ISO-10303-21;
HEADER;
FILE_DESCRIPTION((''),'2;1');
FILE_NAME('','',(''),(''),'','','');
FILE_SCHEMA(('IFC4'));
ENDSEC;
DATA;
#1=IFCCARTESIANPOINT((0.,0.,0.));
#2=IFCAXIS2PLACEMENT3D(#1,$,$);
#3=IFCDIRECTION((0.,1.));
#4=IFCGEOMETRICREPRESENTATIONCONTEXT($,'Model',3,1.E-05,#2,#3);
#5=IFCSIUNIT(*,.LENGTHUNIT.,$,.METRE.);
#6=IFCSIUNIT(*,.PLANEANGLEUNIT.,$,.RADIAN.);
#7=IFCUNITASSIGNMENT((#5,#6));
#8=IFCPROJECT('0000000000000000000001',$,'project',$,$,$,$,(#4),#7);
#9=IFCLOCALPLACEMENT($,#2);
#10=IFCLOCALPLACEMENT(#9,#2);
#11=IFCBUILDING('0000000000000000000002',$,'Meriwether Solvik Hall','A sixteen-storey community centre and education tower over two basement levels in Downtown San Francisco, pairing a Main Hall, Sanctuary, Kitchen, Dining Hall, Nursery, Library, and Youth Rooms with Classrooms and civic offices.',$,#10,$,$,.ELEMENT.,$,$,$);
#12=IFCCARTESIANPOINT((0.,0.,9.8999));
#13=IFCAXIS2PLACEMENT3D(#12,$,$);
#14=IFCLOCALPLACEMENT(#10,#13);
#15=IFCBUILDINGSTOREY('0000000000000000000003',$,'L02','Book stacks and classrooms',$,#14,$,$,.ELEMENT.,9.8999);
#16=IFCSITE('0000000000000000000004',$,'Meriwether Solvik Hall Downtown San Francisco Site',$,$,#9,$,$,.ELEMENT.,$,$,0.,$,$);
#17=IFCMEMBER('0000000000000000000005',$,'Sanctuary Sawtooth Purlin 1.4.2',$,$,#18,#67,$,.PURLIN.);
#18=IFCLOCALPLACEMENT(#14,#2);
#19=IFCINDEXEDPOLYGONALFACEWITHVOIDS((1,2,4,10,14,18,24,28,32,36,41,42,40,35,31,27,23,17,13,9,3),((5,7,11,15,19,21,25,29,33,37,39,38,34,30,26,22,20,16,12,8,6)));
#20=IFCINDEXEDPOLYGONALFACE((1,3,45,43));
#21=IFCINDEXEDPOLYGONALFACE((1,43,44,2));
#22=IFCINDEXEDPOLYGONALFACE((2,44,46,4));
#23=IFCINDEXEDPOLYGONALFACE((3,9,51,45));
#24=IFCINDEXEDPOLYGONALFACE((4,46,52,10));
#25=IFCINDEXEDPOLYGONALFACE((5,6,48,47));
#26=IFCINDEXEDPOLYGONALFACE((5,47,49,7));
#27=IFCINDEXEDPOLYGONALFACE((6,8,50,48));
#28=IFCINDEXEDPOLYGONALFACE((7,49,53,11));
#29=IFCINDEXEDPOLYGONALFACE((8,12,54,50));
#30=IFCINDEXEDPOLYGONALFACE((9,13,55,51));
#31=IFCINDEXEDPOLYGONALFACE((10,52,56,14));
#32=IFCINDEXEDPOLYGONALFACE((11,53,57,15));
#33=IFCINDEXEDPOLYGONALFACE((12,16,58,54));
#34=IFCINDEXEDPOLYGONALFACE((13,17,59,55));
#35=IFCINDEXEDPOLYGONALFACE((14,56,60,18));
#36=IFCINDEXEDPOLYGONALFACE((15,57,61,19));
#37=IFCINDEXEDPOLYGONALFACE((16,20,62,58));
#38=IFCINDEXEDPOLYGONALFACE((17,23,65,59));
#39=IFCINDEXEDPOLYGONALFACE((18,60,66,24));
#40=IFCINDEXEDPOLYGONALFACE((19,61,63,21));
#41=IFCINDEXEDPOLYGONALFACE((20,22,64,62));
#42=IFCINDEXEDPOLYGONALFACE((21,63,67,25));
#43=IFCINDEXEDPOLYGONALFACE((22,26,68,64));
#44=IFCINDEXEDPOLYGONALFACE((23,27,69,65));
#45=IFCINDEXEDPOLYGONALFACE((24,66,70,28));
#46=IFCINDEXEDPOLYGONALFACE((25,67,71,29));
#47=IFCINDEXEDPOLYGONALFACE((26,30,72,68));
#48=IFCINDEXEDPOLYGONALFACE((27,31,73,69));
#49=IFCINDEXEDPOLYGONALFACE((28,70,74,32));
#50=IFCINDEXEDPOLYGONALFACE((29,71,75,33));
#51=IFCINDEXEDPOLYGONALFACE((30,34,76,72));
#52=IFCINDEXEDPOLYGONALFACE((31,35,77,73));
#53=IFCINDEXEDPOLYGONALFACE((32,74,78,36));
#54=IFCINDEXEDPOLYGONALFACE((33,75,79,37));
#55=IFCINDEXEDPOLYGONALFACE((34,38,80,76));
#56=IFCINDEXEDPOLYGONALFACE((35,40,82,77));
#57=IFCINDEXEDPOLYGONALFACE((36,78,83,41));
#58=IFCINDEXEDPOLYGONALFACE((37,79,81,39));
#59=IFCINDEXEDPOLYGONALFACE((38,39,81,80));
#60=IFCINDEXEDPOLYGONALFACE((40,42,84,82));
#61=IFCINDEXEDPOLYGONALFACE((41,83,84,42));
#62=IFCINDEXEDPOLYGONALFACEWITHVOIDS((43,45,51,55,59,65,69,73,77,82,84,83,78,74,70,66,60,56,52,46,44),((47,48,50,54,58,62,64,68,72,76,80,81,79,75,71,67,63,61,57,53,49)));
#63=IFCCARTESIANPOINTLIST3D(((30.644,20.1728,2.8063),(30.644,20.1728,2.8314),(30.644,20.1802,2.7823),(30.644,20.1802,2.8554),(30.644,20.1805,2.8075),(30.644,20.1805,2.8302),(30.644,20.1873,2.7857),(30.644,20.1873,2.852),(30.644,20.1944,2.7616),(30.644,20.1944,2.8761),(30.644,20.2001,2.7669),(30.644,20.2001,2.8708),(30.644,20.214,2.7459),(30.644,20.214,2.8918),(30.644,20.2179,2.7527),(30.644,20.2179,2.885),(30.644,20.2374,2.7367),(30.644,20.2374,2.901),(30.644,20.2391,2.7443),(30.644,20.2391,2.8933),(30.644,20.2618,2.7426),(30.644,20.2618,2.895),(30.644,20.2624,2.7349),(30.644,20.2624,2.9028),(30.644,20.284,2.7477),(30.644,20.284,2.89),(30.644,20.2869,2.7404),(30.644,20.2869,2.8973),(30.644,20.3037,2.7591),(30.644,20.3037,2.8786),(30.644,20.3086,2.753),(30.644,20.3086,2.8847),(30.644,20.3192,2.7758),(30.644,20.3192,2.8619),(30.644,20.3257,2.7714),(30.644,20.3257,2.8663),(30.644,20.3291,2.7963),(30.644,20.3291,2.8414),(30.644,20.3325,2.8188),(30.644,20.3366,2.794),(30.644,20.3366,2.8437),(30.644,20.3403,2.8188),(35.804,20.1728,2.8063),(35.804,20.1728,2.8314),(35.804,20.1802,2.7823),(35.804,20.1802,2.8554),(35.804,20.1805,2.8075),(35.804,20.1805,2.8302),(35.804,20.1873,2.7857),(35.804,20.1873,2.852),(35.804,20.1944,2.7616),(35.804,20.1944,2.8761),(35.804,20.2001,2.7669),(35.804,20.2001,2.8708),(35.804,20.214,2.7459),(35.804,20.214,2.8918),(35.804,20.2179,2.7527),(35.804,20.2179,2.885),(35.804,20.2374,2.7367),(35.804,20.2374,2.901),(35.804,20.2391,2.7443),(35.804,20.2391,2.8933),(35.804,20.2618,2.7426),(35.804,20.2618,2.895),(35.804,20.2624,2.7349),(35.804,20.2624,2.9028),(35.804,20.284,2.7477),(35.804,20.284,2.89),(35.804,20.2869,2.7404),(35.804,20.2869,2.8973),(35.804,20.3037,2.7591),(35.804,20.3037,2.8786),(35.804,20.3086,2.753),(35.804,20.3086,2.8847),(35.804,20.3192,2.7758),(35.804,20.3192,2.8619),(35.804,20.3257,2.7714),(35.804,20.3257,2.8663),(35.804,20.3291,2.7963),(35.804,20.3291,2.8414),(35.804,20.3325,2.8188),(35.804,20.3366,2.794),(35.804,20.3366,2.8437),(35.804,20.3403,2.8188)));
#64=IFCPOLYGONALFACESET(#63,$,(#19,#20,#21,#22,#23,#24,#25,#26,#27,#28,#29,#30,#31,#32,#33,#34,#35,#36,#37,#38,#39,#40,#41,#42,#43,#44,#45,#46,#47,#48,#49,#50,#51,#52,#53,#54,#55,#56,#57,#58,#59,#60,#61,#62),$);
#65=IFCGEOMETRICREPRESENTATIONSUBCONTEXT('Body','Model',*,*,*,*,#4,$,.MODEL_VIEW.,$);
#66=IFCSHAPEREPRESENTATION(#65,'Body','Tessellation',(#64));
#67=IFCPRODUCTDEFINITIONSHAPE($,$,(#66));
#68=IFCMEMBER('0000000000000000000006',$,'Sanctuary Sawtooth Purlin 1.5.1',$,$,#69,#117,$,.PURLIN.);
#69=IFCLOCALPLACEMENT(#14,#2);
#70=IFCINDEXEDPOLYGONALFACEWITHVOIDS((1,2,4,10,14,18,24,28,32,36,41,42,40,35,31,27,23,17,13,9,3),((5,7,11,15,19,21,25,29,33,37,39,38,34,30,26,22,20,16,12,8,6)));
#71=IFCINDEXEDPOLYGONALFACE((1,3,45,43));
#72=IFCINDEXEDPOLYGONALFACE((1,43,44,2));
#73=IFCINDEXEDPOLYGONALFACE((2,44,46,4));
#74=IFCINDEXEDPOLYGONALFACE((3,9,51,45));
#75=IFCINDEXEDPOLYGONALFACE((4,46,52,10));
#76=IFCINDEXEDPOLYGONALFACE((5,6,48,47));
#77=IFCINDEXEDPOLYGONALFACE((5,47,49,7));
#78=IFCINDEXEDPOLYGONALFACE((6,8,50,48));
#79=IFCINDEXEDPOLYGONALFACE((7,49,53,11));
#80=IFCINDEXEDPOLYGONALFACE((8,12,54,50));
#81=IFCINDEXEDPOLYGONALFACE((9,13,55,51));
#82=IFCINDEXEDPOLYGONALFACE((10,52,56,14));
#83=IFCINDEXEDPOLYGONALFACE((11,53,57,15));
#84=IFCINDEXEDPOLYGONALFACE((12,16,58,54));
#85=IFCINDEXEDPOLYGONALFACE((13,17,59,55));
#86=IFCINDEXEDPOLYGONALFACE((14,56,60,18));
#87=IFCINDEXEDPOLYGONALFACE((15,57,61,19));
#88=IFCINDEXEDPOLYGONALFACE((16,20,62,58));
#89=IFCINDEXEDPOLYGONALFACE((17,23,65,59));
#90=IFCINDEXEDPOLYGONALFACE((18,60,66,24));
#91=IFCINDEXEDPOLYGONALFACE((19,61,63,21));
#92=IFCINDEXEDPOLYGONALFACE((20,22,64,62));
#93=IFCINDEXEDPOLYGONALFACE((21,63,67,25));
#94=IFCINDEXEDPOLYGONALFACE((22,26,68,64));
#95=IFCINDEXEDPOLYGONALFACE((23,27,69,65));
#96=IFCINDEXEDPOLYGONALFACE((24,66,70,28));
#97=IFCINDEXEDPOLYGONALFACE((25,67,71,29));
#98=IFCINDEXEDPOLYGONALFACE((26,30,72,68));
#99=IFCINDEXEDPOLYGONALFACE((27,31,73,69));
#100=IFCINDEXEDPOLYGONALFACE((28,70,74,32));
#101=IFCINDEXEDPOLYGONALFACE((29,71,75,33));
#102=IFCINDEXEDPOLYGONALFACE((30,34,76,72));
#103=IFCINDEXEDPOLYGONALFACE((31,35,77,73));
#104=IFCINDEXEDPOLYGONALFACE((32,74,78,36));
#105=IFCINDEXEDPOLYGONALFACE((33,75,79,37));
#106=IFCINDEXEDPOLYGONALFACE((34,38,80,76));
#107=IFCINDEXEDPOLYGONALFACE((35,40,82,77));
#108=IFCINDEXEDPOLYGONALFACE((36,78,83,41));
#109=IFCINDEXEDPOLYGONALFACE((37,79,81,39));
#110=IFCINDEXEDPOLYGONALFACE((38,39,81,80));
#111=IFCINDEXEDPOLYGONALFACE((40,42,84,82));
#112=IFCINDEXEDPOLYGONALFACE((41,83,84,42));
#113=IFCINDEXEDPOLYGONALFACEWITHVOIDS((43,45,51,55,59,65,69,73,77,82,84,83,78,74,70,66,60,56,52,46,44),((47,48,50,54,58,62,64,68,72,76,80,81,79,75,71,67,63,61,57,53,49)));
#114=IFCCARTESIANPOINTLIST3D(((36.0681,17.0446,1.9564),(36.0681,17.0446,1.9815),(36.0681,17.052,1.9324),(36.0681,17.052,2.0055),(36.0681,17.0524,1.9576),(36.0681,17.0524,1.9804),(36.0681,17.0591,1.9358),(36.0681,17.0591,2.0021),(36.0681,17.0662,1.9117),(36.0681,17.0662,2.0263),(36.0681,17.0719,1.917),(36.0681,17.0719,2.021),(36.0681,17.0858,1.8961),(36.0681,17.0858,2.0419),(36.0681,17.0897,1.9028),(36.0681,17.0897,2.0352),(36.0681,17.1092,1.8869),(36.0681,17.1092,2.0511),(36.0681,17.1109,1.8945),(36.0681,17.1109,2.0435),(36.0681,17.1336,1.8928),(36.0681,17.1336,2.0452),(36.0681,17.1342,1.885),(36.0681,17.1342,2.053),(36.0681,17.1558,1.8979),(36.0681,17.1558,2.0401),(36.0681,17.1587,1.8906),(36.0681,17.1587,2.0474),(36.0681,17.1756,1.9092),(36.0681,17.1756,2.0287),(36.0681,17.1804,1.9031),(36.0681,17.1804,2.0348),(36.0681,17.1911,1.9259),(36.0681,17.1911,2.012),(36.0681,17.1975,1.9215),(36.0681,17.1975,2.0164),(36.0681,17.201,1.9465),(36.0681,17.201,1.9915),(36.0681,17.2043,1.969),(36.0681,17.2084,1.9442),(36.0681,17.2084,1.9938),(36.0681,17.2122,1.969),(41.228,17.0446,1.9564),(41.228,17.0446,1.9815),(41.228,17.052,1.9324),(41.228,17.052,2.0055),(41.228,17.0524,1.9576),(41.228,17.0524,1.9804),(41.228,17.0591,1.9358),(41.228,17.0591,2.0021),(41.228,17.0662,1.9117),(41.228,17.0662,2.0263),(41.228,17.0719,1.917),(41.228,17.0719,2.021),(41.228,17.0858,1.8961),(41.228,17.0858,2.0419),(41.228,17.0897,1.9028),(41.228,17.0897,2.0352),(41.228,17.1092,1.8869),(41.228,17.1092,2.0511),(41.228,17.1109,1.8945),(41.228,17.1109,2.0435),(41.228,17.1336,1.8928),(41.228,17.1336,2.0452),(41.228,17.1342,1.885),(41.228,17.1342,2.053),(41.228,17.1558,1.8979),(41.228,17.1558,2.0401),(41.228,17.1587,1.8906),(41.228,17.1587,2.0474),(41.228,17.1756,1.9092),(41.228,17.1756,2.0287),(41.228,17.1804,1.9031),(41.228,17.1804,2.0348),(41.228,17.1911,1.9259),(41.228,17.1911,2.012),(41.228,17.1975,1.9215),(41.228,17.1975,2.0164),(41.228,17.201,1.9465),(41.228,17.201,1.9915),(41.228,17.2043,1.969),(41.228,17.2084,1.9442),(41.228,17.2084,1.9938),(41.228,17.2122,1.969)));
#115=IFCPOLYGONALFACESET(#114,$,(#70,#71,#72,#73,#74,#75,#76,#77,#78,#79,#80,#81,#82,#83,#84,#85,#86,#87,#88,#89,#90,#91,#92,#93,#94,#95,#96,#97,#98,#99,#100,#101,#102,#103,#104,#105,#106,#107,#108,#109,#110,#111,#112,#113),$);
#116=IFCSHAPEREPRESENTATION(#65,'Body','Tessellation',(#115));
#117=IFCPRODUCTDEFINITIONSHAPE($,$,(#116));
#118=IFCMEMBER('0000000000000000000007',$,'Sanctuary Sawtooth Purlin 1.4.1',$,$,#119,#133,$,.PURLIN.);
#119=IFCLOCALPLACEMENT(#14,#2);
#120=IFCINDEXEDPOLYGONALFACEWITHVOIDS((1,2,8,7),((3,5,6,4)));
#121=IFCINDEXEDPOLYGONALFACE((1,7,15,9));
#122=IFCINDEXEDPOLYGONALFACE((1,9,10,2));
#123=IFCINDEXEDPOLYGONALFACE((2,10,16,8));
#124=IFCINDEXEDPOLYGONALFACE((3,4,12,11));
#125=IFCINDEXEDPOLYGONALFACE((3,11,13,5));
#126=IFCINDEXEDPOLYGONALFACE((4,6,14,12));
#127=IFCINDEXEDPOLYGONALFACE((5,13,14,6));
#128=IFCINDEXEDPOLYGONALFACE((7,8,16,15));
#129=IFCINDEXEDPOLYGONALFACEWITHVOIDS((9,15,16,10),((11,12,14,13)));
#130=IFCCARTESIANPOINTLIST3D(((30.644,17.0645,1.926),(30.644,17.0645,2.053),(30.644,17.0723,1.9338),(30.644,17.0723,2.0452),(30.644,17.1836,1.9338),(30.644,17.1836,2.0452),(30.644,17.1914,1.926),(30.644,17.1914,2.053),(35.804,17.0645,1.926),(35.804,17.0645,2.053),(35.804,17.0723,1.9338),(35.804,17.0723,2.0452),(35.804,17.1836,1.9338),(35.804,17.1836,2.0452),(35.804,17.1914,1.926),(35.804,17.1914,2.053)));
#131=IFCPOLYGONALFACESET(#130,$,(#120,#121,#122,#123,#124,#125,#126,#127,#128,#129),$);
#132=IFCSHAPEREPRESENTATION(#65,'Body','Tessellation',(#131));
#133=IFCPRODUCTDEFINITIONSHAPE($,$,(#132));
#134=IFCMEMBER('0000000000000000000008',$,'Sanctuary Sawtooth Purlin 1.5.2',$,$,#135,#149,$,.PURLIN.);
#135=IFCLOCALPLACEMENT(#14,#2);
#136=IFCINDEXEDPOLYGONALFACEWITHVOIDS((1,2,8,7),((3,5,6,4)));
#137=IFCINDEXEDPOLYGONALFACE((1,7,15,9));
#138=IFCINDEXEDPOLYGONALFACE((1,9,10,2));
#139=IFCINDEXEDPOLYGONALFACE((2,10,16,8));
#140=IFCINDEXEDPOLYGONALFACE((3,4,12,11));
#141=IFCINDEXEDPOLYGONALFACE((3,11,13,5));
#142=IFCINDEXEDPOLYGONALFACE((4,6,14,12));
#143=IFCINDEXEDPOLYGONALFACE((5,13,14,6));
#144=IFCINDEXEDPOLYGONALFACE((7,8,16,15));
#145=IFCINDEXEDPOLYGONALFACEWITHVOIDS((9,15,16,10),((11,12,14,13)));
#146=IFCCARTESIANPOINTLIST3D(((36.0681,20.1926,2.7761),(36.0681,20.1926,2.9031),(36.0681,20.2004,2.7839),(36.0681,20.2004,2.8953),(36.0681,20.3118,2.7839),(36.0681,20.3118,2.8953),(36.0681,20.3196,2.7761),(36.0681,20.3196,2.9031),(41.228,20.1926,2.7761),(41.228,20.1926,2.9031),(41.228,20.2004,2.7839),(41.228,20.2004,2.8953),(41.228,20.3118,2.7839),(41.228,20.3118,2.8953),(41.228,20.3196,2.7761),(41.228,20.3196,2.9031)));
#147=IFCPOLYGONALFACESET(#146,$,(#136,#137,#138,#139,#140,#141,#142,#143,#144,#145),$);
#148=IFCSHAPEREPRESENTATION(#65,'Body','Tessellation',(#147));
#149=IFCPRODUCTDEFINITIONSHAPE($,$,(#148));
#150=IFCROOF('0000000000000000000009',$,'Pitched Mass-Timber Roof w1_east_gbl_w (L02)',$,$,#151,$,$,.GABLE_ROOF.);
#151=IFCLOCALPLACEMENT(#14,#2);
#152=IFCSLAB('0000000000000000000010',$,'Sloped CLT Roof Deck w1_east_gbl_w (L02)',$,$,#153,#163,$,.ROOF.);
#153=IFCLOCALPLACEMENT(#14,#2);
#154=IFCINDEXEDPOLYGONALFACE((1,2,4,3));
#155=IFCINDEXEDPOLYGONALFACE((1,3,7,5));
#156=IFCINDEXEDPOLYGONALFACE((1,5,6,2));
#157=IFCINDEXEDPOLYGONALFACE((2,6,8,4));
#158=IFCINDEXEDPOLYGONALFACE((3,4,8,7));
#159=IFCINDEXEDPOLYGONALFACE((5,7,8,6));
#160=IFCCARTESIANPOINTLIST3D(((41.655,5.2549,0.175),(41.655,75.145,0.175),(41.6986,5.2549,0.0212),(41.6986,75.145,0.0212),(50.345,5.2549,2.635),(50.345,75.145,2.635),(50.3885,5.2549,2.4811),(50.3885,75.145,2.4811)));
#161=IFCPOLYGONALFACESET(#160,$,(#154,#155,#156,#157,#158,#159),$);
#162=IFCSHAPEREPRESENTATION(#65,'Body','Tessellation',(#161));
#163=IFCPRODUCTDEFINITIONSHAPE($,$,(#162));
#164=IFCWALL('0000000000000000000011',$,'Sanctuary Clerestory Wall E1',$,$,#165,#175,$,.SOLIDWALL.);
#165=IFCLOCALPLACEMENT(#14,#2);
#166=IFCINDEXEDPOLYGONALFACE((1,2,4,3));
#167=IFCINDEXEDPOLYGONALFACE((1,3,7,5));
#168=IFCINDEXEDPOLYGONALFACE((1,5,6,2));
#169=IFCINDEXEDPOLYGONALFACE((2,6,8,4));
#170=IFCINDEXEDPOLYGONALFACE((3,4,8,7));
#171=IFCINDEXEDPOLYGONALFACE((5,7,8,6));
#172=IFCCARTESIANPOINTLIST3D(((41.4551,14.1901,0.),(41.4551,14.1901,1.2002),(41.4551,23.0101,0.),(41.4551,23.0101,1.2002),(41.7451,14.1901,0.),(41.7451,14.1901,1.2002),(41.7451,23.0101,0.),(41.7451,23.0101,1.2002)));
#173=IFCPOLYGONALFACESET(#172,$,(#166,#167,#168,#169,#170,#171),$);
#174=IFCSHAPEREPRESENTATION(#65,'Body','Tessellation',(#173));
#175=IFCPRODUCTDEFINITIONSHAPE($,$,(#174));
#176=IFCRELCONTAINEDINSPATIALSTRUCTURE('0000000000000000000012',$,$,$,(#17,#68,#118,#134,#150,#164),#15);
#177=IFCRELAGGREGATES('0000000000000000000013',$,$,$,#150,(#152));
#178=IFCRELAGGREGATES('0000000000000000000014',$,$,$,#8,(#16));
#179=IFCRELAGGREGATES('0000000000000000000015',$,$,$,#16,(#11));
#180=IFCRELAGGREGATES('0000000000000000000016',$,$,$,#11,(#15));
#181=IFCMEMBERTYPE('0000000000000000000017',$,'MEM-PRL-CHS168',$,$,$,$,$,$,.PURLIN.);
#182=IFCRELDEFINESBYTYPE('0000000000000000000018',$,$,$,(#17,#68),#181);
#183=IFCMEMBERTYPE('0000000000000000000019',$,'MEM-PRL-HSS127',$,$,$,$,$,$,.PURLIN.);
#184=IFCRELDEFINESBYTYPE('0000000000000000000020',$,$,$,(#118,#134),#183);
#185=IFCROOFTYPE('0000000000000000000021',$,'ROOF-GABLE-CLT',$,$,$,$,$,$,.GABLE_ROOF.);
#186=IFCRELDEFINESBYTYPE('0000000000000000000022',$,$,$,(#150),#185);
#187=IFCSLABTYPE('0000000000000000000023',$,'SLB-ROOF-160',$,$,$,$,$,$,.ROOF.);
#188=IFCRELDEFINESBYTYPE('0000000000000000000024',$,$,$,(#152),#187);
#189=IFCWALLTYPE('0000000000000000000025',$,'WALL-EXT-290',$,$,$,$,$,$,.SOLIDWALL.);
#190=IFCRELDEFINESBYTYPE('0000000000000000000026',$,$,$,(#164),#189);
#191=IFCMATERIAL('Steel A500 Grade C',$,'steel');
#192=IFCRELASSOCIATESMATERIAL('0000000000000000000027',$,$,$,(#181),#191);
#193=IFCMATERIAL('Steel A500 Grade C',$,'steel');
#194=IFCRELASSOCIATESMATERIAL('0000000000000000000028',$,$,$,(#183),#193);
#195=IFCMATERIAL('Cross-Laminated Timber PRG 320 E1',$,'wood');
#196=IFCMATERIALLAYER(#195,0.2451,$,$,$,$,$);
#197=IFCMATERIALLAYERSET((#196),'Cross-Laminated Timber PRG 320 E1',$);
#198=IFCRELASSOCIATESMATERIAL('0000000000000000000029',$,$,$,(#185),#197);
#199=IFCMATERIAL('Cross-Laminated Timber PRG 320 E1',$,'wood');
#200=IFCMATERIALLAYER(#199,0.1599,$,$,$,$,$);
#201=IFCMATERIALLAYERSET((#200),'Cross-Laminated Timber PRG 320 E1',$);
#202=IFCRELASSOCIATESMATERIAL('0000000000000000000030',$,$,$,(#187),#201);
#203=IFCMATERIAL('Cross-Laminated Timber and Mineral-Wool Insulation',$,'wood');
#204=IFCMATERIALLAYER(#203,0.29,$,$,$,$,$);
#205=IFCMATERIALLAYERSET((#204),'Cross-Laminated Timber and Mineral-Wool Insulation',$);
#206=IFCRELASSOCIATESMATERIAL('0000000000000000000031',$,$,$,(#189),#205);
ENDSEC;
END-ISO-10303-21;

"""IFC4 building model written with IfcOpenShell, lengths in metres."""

from ifc_helpers import new_model, si_unit, direction, frame, frame_2d, origin, origin_2d, place, context, subcontext, project, spatial, polyline, rectangle, hollow_rectangle, hollow_circle, outline, extrude, material, layer, layer_set, material_profile, profile_set, type_object, element, aggregate, save


model = new_model("IFC4")

# Units and contexts
model_context = context("Model", 3, precision=1e-05, world=origin(), true_north=direction((0.0, 1.0)))
body_context = subcontext(model_context, "Body", "Model", "MODEL_VIEW")
ifc_project = project(units=[si_unit("LENGTHUNIT", "METRE"), si_unit("PLANEANGLEUNIT", "RADIAN")], contexts=[model_context])

# Site, building, storey
site_placement = place(None, origin())
site = spatial("IfcSite", under=ifc_project, at=site_placement, Name="Meriwether Solvik Hall Downtown San Francisco Site", CompositionType="ELEMENT", RefElevation=0.0)
building_placement = place(site_placement, origin())
building = spatial("IfcBuilding", under=site, at=building_placement, Name="Meriwether Solvik Hall", Description="A sixteen-storey community centre and education tower over two basement levels in Downtown San Francisco, pairing a Main Hall, Sanctuary, Kitchen, Dining Hall, Nursery, Library, and Youth Rooms with Classrooms and civic offices.", CompositionType="ELEMENT")
storey_placement = place(building_placement, frame((0.0, 0.0, 9.8999)))
storey = spatial("IfcBuildingStorey", under=building, at=storey_placement, Name="L02", Description="Book stacks and classrooms", CompositionType="ELEMENT", Elevation=9.8999)

# Members
ifc_material_1 = material(Name="Steel A500 Grade C", Category="steel")
ifc_material_profile_1 = material_profile(ifc_material_1, hollow_circle(Radius=0.0842, WallThickness=0.0078, at=origin_2d()), Name="CHS168X7.9")
ifc_profile_set_1 = profile_set([ifc_material_profile_1], Name="Steel A500 Grade C")
member_type_1 = type_object("IfcMemberType", Name="MEM-PRL-CHS168", PredefinedType="PURLIN", material=ifc_profile_set_1)
for number, where, z_axis, x_axis, name in (
    (1, (30.644, 20.2561, 2.8188), (1.0, 0.0, 0.0), (0.0, 1.0, 0.0), "Sanctuary Sawtooth Purlin 1.4.2"),
    (2, (36.0681, 17.1279, 1.969), (1.0, 0.0, 0.0), (0.0, 1.0, 0.0), "Sanctuary Sawtooth Purlin 1.5.1"),
):
    element("IfcMember", number, at=place(storey_placement, frame(where, z_axis=z_axis, x_axis=x_axis)), inside=storey, type_object=member_type_1, Name=name, PredefinedType="PURLIN", context=body_context, shape_type="SweptSolid", body=[
        extrude(hollow_circle(Radius=0.0842, WallThickness=0.0078, at=origin_2d()), origin(), (0.0, 0.0, 1.0), 5.1599),
    ])
ifc_material_2 = material(Name="Steel A500 Grade C", Category="steel")
ifc_material_profile_2 = material_profile(ifc_material_2, hollow_rectangle(XDim=0.127, YDim=0.127, WallThickness=0.0078, at=origin_2d()), Name="HSS127X127X7.9")
ifc_profile_set_2 = profile_set([ifc_material_profile_2], Name="Steel A500 Grade C")
member_type_2 = type_object("IfcMemberType", Name="MEM-PRL-HSS127", PredefinedType="PURLIN", material=ifc_profile_set_2)
for number, where, z_axis, x_axis, name in (
    (3, (30.644, 17.1279, 1.9895), (1.0, 0.0, 0.0), (0.0, 1.0, 0.0), "Sanctuary Sawtooth Purlin 1.4.1"),
    (4, (36.0681, 20.2561, 2.8396), (1.0, 0.0, 0.0), (0.0, 1.0, 0.0), "Sanctuary Sawtooth Purlin 1.5.2"),
):
    element("IfcMember", number, at=place(storey_placement, frame(where, z_axis=z_axis, x_axis=x_axis)), inside=storey, type_object=member_type_2, Name=name, PredefinedType="PURLIN", context=body_context, shape_type="SweptSolid", body=[
        extrude(hollow_rectangle(XDim=0.127, YDim=0.127, WallThickness=0.0078, at=origin_2d()), origin(), (0.0, 0.0, 1.0), 5.1599),
    ])

# Roof, slab
ifc_material_3 = material(Name="Cross-Laminated Timber PRG 320 E1", Category="wood")
ifc_layer_1 = layer(ifc_material_3, 0.2451)
ifc_layer_set_1 = layer_set([ifc_layer_1], Name="Cross-Laminated Timber PRG 320 E1")
roof_type = type_object("IfcRoofType", Name="ROOF-GABLE-CLT", PredefinedType="GABLE_ROOF", material=ifc_layer_set_1)
roof_placement = place(storey_placement, origin())
roof = element("IfcRoof", 5, at=roof_placement, inside=storey, type_object=roof_type, Name="Pitched Mass-Timber Roof w1_east_gbl_w (L02)", PredefinedType="GABLE_ROOF")
ifc_material_4 = material(Name="Cross-Laminated Timber PRG 320 E1", Category="wood")
ifc_layer_2 = layer(ifc_material_4, 0.1599)
ifc_layer_set_2 = layer_set([ifc_layer_2], Name="Cross-Laminated Timber PRG 320 E1")
slab_type = type_object("IfcSlabType", Name="SLB-ROOF-160", PredefinedType="ROOF", material=ifc_layer_set_2)
slab_placement = place(storey_placement, frame((41.655, 5.2549, 0.175), z_axis=(-0.272378, 0.0, 0.96219), x_axis=(0.96219, 0.0, 0.272378)))
slab = element("IfcSlab", 6, at=slab_placement, type_object=slab_type, Name="Sloped CLT Roof Deck w1_east_gbl_w (L02)", PredefinedType="ROOF", context=body_context, shape_type="SweptSolid", body=[
    extrude(outline(polyline([(0.0, 0.0), (9.0314, 0.0), (9.0314, 69.8901), (0.0, 69.8901), (0.0, 0.0)])), origin(), (0.0, 0.0, -1.0), 0.1599),
])
aggregate(roof, [slab])

# Wall
ifc_material_5 = material(Name="Cross-Laminated Timber and Mineral-Wool Insulation", Category="wood")
ifc_layer_3 = layer(ifc_material_5, 0.29)
ifc_layer_set_3 = layer_set([ifc_layer_3], Name="Cross-Laminated Timber and Mineral-Wool Insulation")
wall_type = type_object("IfcWallType", Name="WALL-EXT-290", PredefinedType="SOLIDWALL", material=ifc_layer_set_3)
wall_placement = place(storey_placement, frame((41.6001, 14.1899, 0.0), z_axis=(0.0, 0.0, 1.0), x_axis=(0.0, 1.0, 0.0)))
element("IfcWall", 7, at=wall_placement, inside=storey, type_object=wall_type, Name="Sanctuary Clerestory Wall E1", PredefinedType="SOLIDWALL", context=body_context, shape_type="SweptSolid", body=[
    extrude(rectangle(XDim=8.8201, YDim=0.29, at=frame_2d((4.4102, 0.0))), origin(), (0.0, 0.0, 1.0), 1.2002),
])

save(model, "model.ifc")
